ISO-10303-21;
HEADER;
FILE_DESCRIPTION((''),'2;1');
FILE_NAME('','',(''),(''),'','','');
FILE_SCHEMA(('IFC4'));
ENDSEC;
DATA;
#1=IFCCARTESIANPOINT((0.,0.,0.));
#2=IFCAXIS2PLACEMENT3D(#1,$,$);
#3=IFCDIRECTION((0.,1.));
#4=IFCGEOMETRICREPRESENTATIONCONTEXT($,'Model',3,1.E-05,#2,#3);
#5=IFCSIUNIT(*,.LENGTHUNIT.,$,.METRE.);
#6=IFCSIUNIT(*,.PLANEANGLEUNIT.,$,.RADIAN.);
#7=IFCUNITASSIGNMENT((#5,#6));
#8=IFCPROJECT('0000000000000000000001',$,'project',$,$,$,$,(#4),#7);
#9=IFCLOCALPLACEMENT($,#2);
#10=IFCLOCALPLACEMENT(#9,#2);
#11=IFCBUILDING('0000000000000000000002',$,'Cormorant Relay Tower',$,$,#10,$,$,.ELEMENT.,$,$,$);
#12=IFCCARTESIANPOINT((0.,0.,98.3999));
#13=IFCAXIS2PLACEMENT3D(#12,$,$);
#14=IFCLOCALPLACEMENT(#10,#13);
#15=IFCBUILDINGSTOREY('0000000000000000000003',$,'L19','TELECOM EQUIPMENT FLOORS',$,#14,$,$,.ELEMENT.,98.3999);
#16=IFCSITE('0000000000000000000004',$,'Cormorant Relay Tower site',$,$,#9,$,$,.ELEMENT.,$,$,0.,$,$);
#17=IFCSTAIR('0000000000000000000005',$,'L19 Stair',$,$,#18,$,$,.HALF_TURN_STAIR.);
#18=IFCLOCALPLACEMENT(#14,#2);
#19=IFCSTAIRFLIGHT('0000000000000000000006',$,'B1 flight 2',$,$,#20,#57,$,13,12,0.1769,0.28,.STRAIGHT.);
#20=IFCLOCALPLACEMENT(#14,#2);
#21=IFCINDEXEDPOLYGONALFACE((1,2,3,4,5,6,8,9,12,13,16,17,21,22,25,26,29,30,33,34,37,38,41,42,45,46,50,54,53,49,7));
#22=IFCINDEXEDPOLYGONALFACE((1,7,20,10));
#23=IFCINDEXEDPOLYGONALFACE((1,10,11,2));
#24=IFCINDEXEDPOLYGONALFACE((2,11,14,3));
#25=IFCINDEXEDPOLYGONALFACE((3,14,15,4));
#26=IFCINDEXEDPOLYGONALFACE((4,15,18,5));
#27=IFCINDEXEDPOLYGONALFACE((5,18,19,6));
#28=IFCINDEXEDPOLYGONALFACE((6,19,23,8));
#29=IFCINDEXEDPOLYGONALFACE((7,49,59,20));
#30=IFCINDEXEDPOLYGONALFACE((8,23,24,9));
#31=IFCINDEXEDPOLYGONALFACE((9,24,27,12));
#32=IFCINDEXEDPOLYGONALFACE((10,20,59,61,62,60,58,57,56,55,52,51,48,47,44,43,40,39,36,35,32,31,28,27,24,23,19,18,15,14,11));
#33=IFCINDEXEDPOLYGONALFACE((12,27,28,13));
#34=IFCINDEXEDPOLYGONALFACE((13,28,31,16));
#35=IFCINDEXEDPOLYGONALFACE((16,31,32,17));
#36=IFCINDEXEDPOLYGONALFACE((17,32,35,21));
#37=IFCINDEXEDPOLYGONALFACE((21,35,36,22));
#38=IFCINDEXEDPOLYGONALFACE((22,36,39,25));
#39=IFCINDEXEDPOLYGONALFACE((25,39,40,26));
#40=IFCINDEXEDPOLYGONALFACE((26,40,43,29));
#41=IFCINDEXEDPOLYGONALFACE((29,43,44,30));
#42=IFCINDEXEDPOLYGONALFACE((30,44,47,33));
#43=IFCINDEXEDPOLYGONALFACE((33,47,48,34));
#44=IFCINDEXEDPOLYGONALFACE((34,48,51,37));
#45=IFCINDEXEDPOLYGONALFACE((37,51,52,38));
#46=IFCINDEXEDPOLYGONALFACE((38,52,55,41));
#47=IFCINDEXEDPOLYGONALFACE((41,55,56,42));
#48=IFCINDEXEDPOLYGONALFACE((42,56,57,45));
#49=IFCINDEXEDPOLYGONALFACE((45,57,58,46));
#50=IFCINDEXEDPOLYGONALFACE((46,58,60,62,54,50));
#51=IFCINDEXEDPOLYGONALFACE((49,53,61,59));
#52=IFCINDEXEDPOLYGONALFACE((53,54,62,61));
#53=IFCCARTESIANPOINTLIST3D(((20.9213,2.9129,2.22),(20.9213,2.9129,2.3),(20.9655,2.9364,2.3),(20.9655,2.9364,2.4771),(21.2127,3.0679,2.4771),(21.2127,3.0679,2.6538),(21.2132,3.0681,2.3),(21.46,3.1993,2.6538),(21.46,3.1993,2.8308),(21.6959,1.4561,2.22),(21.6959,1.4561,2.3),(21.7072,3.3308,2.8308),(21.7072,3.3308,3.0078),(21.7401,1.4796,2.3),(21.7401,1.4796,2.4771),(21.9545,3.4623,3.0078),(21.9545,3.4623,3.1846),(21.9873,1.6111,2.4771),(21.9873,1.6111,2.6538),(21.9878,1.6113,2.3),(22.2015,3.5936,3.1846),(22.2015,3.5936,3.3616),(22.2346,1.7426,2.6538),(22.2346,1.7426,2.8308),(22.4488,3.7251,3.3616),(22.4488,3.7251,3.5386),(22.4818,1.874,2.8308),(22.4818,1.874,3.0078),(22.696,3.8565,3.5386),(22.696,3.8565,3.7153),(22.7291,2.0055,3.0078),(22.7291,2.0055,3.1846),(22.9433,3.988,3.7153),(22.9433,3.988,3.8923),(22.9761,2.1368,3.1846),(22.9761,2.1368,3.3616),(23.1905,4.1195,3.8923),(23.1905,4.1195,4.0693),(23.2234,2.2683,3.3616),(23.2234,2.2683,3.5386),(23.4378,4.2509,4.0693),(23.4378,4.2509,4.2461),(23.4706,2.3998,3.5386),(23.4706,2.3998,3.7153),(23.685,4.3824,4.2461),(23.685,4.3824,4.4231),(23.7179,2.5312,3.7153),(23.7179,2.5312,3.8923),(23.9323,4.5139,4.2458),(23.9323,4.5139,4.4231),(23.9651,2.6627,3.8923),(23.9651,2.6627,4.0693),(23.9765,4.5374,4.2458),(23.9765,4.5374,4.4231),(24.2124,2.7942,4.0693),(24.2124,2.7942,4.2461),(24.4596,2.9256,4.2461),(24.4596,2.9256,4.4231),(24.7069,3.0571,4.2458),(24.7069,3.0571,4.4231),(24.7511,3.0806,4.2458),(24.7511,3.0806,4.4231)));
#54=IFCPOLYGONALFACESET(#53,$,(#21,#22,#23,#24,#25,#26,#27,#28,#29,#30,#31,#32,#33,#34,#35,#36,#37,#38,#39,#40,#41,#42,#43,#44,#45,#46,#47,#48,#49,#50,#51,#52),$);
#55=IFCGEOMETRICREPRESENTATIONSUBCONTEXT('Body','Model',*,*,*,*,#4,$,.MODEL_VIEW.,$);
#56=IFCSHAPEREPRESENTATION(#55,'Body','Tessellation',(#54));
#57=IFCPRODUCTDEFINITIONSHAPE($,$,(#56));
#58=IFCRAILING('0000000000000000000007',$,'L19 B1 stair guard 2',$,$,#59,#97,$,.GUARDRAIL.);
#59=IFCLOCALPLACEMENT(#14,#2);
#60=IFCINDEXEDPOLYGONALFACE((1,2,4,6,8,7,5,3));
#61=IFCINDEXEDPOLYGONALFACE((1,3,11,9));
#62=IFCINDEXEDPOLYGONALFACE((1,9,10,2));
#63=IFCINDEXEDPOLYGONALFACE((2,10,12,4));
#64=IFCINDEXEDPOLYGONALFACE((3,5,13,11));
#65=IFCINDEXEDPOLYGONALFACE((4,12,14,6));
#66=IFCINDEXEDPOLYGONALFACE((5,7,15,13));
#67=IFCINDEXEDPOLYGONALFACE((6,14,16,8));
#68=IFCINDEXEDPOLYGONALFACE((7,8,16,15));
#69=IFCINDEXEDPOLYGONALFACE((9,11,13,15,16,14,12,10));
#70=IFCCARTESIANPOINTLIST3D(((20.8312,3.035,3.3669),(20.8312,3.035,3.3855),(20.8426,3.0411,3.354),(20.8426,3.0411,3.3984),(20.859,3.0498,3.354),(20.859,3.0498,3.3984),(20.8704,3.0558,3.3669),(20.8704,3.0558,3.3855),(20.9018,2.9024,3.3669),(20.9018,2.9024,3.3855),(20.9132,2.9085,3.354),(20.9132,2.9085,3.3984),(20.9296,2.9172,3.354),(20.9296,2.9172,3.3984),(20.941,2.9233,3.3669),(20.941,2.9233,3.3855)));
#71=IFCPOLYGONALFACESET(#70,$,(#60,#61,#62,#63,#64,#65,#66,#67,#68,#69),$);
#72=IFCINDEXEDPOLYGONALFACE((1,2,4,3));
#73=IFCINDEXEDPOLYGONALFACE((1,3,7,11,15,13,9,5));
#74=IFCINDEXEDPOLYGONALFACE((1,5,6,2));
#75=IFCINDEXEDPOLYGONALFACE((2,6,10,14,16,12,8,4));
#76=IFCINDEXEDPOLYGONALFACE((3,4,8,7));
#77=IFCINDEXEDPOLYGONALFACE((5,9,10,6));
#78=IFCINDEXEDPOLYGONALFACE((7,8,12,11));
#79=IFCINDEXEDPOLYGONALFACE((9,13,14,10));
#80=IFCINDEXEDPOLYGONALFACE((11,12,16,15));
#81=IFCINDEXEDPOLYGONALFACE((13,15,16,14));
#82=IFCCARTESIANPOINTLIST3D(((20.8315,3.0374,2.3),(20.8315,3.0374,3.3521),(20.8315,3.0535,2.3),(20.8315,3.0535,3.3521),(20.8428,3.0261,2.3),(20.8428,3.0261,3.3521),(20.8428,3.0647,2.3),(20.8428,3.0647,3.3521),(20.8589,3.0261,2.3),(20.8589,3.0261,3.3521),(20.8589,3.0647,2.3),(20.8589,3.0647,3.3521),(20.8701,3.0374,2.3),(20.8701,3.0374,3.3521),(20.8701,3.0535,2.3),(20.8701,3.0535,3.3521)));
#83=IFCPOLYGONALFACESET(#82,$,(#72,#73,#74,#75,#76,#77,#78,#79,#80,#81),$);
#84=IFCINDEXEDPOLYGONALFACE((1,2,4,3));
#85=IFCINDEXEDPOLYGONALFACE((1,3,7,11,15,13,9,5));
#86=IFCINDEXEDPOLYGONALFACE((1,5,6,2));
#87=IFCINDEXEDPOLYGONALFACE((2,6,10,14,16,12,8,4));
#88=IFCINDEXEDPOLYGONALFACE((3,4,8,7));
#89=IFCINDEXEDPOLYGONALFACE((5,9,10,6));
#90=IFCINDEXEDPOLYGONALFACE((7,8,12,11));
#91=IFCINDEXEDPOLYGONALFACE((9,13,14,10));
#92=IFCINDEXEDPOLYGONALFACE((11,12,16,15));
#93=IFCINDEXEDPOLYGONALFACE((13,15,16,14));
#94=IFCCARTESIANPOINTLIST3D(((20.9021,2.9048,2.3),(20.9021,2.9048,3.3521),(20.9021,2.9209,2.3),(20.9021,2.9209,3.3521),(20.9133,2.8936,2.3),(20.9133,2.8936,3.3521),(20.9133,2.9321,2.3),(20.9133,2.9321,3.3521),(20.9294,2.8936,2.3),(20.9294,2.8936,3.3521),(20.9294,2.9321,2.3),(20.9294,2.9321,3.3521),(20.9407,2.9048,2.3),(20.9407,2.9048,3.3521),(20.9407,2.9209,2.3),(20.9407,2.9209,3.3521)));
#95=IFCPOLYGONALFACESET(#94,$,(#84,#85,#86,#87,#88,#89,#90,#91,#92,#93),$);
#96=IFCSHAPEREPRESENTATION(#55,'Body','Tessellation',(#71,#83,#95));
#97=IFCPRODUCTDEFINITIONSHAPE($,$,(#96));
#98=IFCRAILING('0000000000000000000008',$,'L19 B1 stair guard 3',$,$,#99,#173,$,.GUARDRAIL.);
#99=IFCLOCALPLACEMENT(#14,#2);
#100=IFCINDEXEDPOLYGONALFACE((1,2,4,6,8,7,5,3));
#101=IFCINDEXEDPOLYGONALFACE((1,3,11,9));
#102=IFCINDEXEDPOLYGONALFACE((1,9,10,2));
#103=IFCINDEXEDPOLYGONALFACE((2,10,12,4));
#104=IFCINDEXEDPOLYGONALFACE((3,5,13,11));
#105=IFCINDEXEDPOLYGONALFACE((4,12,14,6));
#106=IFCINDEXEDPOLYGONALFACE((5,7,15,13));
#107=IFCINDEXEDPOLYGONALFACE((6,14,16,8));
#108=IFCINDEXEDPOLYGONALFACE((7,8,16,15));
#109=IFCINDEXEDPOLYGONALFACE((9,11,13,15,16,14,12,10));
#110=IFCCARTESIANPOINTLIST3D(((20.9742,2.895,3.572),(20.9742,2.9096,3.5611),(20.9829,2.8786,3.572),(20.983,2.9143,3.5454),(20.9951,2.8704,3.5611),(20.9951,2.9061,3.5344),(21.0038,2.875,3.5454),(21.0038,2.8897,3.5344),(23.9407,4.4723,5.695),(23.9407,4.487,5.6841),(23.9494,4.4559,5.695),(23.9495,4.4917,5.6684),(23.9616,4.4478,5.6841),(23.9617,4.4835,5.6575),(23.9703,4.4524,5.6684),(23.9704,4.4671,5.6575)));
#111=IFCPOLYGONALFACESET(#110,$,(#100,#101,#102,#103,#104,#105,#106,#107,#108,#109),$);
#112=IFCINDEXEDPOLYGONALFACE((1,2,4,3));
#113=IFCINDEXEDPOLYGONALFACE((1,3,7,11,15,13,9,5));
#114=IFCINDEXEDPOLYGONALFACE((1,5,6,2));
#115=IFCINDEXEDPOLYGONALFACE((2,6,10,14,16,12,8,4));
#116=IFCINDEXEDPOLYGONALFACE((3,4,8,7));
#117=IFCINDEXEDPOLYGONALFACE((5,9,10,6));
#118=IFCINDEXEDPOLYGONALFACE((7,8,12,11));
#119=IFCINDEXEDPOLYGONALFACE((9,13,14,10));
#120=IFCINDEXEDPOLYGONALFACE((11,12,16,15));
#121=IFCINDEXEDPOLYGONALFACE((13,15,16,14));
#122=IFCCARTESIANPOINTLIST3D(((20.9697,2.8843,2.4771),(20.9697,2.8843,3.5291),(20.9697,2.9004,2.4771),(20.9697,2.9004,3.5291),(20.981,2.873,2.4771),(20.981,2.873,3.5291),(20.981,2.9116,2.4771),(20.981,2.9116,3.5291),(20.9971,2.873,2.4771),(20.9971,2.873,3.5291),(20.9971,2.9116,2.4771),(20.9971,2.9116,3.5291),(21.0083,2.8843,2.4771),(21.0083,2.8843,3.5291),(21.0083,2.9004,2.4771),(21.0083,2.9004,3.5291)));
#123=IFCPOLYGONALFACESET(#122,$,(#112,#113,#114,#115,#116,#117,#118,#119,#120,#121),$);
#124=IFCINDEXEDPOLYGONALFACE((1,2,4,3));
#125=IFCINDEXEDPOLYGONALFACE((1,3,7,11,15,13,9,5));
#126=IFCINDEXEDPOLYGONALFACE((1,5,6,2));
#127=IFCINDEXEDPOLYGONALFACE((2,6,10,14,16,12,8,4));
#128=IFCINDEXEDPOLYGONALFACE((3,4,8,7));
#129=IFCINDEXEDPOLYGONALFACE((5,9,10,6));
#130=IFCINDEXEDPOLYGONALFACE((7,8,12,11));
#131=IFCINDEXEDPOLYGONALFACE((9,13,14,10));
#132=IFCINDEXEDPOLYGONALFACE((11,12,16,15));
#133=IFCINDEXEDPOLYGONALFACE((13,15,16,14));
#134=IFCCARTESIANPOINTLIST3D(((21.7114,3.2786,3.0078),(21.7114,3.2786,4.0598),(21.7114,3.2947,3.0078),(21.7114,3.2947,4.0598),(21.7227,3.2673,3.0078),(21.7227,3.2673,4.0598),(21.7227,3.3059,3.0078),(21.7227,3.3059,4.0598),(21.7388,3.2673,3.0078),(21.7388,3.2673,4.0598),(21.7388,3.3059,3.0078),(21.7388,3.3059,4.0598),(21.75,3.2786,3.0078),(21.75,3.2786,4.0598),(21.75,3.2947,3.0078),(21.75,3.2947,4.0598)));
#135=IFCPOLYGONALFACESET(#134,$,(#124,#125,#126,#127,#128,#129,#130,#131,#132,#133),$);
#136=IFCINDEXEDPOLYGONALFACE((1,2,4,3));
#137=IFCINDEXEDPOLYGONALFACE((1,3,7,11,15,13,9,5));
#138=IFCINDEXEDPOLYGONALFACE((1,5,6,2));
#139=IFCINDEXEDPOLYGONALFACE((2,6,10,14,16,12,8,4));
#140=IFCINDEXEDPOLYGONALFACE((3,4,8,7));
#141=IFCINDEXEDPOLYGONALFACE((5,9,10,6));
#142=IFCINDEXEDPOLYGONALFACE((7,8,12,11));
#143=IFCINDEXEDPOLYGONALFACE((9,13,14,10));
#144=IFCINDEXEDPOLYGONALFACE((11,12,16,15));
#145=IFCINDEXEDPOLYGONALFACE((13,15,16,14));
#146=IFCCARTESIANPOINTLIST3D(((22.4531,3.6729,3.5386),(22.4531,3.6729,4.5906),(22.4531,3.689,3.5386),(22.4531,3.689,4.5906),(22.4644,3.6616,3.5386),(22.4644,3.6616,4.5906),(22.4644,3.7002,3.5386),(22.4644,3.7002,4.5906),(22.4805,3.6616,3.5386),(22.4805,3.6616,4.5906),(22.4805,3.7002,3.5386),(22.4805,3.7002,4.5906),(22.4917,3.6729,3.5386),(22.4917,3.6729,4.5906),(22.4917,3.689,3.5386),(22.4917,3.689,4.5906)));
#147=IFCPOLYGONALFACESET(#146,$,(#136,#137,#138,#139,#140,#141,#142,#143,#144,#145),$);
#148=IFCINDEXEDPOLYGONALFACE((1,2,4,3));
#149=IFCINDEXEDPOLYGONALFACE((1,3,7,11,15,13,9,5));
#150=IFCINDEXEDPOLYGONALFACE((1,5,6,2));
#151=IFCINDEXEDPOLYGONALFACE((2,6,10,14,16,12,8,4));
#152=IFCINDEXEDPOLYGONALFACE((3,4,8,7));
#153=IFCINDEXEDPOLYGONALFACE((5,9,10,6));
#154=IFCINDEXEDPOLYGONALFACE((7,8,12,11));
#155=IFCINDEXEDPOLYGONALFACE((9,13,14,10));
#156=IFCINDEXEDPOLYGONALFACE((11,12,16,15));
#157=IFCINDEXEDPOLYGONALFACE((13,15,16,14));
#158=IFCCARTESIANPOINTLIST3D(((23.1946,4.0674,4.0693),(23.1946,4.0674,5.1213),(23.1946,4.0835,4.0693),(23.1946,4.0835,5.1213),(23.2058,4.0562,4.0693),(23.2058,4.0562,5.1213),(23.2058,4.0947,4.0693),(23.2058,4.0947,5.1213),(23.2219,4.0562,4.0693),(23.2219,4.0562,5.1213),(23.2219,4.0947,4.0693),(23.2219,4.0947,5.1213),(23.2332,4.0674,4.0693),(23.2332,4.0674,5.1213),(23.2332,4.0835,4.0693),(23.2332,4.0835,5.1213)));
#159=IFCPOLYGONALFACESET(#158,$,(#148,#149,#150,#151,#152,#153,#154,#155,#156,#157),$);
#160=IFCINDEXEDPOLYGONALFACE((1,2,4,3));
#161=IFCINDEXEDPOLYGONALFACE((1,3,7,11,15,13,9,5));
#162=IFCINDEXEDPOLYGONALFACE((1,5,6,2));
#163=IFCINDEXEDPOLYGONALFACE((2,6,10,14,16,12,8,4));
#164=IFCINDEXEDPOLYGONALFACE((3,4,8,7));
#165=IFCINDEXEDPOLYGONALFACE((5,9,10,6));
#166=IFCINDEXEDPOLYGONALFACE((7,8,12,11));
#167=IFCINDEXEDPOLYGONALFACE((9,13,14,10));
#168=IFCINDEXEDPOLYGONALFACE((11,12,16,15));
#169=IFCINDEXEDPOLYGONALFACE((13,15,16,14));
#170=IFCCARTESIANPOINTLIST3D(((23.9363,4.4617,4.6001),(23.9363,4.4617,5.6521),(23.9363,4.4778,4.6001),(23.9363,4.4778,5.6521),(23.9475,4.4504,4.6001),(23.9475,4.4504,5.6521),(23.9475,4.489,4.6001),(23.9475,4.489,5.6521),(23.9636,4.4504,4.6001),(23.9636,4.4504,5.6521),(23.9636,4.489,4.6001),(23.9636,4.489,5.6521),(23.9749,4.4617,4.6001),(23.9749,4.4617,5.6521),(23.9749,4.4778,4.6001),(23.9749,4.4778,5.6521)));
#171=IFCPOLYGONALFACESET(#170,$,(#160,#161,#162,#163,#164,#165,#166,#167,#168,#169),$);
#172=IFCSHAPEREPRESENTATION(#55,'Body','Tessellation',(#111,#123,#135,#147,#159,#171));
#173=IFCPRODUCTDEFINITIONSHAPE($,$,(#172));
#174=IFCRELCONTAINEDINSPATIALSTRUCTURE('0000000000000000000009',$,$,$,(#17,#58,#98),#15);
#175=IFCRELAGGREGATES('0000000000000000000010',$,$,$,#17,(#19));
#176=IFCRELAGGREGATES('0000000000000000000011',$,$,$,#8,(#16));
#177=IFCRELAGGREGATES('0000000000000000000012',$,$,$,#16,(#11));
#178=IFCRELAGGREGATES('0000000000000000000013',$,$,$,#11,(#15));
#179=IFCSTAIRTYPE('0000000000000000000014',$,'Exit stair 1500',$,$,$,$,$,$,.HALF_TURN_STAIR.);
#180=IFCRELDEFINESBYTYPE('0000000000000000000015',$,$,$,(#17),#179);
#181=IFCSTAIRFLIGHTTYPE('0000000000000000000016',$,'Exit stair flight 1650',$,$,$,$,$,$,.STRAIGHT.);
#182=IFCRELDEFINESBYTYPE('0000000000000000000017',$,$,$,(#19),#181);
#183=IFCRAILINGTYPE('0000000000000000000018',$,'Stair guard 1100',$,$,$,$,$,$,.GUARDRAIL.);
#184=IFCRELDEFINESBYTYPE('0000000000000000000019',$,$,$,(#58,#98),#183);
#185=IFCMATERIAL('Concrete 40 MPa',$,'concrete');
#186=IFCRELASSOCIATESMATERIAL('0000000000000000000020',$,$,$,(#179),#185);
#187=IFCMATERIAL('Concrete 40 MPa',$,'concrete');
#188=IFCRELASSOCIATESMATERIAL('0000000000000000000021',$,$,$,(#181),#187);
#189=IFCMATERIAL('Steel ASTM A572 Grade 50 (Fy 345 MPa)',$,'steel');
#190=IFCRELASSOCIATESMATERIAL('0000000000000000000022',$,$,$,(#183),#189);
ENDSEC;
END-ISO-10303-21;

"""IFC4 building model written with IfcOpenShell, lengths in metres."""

from ifc_helpers import new_model, si_unit, direction, frame, origin, place, context, subcontext, project, spatial, polyline, outline, extrude, material, type_object, element, aggregate, save


model = new_model("IFC4")

# Units and contexts
model_context = context("Model", 3, precision=1e-05, world=origin(), true_north=direction((0.0, 1.0)))
body_context = subcontext(model_context, "Body", "Model", "MODEL_VIEW")
ifc_project = project(units=[si_unit("LENGTHUNIT", "METRE"), si_unit("PLANEANGLEUNIT", "RADIAN")], contexts=[model_context])

# Site, building, storey
site_placement = place(None, origin())
site = spatial("IfcSite", under=ifc_project, at=site_placement, Name="Cormorant Relay Tower site", CompositionType="ELEMENT", RefElevation=0.0)
building_placement = place(site_placement, origin())
building = spatial("IfcBuilding", under=site, at=building_placement, Name="Cormorant Relay Tower", CompositionType="ELEMENT")
storey_placement = place(building_placement, frame((0.0, 0.0, 98.3999)))
storey = spatial("IfcBuildingStorey", under=building, at=storey_placement, Name="L19", Description="TELECOM EQUIPMENT FLOORS", CompositionType="ELEMENT", Elevation=98.3999)

# Stair, stair flight
ifc_material_1 = material(Name="Concrete 40 MPa", Category="concrete")
stair_type = type_object("IfcStairType", Name="Exit stair 1500", PredefinedType="HALF_TURN_STAIR", material=ifc_material_1)
stair_placement = place(storey_placement, origin())
stair = element("IfcStair", 1, at=stair_placement, inside=storey, type_object=stair_type, Name="L19 Stair", PredefinedType="HALF_TURN_STAIR")
ifc_material_2 = material(Name="Concrete 40 MPa", Category="concrete")
stair_flight_type = type_object("IfcStairFlightType", Name="Exit stair flight 1650", PredefinedType="STRAIGHT", material=ifc_material_2)
stair_flight_placement = place(storey_placement, frame((21.3528, 2.208, 2.3), z_axis=(0.0, 0.0, 1.0), x_axis=(0.882948, 0.469472, 0.0)))
stair_flight = element("IfcStairFlight", 2, at=stair_flight_placement, type_object=stair_flight_type, Name="B1 flight 2", NumberOfRisers=13, NumberOfTreads=12, PredefinedType="STRAIGHT", RiserHeight=0.1769, TreadLength=0.28, context=body_context, shape_type="SweptSolid", body=[
    extrude(outline(polyline([(-0.05, -0.0801), (-0.05, 0.0), (0.0, 0.0), (0.0, 0.177), (0.28, 0.177), (0.28, 0.3538), (0.5601, 0.3538), (0.5601, 0.5308), (0.8401, 0.5308), (0.8401, 0.7078), (1.1201, 0.7078), (1.1201, 0.8845), (1.3999, 0.8845), (1.3999, 1.0615), (1.6799, 1.0615), (1.6799, 1.2385), (1.96, 1.2385), (1.96, 1.4153), (2.24, 1.4153), (2.24, 1.5923), (2.52, 1.5923), (2.52, 1.7693), (2.8, 1.7693), (2.8, 1.946), (3.0801, 1.946), (3.0801, 2.123), (3.3601, 2.123), (3.4102, 2.123), (3.4102, 1.9458), (3.3601, 1.9458), (0.2805, 0.0), (-0.05, -0.0801)])), frame((0.0, 0.825, 0.0), z_axis=(0.0, -1.0, 0.0), x_axis=(1.0, 0.0, 0.0)), (0.0, 0.0, 1.0), 1.6499),
])
aggregate(stair, [stair_flight])

# Railings
ifc_material_3 = material(Name="Steel ASTM A572 Grade 50 (Fy 345 MPa)", Category="steel")
railing_type_1 = type_object("IfcRailingType", Name="Stair guard 1100", PredefinedType="GUARDRAIL", material=ifc_material_3)
railing_1_placement = place(storey_placement, frame((20.8508, 3.0454, 2.3)))
element("IfcRailing", 3, at=railing_1_placement, inside=storey, type_object=railing_type_1, Name="L19 B1 stair guard 2", PredefinedType="GUARDRAIL", context=body_context, shape_type="SweptSolid", body=[
    extrude(outline(polyline([(0.0222, 0.0093), (0.0093, 0.0222), (-0.0093, 0.0222), (-0.0222, 0.0093), (-0.0222, -0.0093), (-0.0093, -0.0222), (0.0093, -0.0222), (0.0222, -0.0093), (0.0222, 0.0093)])), frame((0.0, 0.0, 1.0762), z_axis=(0.469829, -0.882758, 0.0), x_axis=(0.882758, 0.469829, 0.0)), (0.0, 0.0, 1.0), 0.1501),
    extrude(outline(polyline([(0.0193, 0.0081), (0.0081, 0.0193), (-0.0081, 0.0193), (-0.0193, 0.0081), (-0.0193, -0.0081), (-0.0081, -0.0193), (0.0081, -0.0193), (0.0193, -0.0081), (0.0193, 0.0081)])), origin(), (0.0, 0.0, 1.0), 1.052),
    extrude(outline(polyline([(0.0193, 0.0081), (0.0081, 0.0193), (-0.0081, 0.0193), (-0.0193, 0.0081), (-0.0193, -0.0081), (-0.0081, -0.0193), (0.0081, -0.0193), (0.0193, -0.0081), (0.0193, 0.0081)])), frame((0.0706, -0.1326, 0.0)), (0.0, 0.0, 1.0), 1.052),
])
railing_2_placement = place(storey_placement, frame((20.989, 2.8923, 2.4771)))
element("IfcRailing", 4, at=railing_2_placement, inside=storey, type_object=railing_type_1, Name="L19 B1 stair guard 3", PredefinedType="GUARDRAIL", context=body_context, shape_type="SweptSolid", body=[
    extrude(outline(polyline([(0.0222, 0.0093), (0.0093, 0.0222), (-0.0093, 0.0222), (-0.0222, 0.0093), (-0.0222, -0.0093), (-0.0093, -0.0222), (0.0093, -0.0222), (0.0222, -0.0093), (0.0222, 0.0093)])), frame((0.0, 0.0, 1.0762), z_axis=(0.746413, 0.396887, 0.534179), x_axis=(-0.469483, 0.882942, 0.0)), (0.0, 0.0, 1.0), 3.9744),
    extrude(outline(polyline([(0.0193, 0.0081), (0.0081, 0.0193), (-0.0081, 0.0193), (-0.0193, 0.0081), (-0.0193, -0.0081), (-0.0081, -0.0193), (0.0081, -0.0193), (0.0193, -0.0081), (0.0193, 0.0081)])), origin(), (0.0, 0.0, 1.0), 1.052),
    extrude(outline(polyline([(0.0193, 0.0081), (0.0081, 0.0193), (-0.0081, 0.0193), (-0.0193, 0.0081), (-0.0193, -0.0081), (-0.0081, -0.0193), (0.0081, -0.0193), (0.0193, -0.0081), (0.0193, 0.0081)])), frame((0.7417, 0.3943, 0.5308)), (0.0, 0.0, 1.0), 1.052),
    extrude(outline(polyline([(0.0193, 0.0081), (0.0081, 0.0193), (-0.0081, 0.0193), (-0.0193, 0.0081), (-0.0193, -0.0081), (-0.0081, -0.0193), (0.0081, -0.0193), (0.0193, -0.0081), (0.0193, 0.0081)])), frame((1.4834, 0.7886, 1.0615)), (0.0, 0.0, 1.0), 1.052),
    extrude(outline(polyline([(0.0193, 0.0081), (0.0081, 0.0193), (-0.0081, 0.0193), (-0.0193, 0.0081), (-0.0193, -0.0081), (-0.0081, -0.0193), (0.0081, -0.0193), (0.0193, -0.0081), (0.0193, 0.0081)])), frame((2.2249, 1.1831, 1.5923)), (0.0, 0.0, 1.0), 1.052),
    extrude(outline(polyline([(0.0193, 0.0081), (0.0081, 0.0193), (-0.0081, 0.0193), (-0.0193, 0.0081), (-0.0193, -0.0081), (-0.0081, -0.0193), (0.0081, -0.0193), (0.0193, -0.0081), (0.0193, 0.0081)])), frame((2.9666, 1.5774, 2.123)), (0.0, 0.0, 1.0), 1.052),
])

save(model, "model.ifc")
